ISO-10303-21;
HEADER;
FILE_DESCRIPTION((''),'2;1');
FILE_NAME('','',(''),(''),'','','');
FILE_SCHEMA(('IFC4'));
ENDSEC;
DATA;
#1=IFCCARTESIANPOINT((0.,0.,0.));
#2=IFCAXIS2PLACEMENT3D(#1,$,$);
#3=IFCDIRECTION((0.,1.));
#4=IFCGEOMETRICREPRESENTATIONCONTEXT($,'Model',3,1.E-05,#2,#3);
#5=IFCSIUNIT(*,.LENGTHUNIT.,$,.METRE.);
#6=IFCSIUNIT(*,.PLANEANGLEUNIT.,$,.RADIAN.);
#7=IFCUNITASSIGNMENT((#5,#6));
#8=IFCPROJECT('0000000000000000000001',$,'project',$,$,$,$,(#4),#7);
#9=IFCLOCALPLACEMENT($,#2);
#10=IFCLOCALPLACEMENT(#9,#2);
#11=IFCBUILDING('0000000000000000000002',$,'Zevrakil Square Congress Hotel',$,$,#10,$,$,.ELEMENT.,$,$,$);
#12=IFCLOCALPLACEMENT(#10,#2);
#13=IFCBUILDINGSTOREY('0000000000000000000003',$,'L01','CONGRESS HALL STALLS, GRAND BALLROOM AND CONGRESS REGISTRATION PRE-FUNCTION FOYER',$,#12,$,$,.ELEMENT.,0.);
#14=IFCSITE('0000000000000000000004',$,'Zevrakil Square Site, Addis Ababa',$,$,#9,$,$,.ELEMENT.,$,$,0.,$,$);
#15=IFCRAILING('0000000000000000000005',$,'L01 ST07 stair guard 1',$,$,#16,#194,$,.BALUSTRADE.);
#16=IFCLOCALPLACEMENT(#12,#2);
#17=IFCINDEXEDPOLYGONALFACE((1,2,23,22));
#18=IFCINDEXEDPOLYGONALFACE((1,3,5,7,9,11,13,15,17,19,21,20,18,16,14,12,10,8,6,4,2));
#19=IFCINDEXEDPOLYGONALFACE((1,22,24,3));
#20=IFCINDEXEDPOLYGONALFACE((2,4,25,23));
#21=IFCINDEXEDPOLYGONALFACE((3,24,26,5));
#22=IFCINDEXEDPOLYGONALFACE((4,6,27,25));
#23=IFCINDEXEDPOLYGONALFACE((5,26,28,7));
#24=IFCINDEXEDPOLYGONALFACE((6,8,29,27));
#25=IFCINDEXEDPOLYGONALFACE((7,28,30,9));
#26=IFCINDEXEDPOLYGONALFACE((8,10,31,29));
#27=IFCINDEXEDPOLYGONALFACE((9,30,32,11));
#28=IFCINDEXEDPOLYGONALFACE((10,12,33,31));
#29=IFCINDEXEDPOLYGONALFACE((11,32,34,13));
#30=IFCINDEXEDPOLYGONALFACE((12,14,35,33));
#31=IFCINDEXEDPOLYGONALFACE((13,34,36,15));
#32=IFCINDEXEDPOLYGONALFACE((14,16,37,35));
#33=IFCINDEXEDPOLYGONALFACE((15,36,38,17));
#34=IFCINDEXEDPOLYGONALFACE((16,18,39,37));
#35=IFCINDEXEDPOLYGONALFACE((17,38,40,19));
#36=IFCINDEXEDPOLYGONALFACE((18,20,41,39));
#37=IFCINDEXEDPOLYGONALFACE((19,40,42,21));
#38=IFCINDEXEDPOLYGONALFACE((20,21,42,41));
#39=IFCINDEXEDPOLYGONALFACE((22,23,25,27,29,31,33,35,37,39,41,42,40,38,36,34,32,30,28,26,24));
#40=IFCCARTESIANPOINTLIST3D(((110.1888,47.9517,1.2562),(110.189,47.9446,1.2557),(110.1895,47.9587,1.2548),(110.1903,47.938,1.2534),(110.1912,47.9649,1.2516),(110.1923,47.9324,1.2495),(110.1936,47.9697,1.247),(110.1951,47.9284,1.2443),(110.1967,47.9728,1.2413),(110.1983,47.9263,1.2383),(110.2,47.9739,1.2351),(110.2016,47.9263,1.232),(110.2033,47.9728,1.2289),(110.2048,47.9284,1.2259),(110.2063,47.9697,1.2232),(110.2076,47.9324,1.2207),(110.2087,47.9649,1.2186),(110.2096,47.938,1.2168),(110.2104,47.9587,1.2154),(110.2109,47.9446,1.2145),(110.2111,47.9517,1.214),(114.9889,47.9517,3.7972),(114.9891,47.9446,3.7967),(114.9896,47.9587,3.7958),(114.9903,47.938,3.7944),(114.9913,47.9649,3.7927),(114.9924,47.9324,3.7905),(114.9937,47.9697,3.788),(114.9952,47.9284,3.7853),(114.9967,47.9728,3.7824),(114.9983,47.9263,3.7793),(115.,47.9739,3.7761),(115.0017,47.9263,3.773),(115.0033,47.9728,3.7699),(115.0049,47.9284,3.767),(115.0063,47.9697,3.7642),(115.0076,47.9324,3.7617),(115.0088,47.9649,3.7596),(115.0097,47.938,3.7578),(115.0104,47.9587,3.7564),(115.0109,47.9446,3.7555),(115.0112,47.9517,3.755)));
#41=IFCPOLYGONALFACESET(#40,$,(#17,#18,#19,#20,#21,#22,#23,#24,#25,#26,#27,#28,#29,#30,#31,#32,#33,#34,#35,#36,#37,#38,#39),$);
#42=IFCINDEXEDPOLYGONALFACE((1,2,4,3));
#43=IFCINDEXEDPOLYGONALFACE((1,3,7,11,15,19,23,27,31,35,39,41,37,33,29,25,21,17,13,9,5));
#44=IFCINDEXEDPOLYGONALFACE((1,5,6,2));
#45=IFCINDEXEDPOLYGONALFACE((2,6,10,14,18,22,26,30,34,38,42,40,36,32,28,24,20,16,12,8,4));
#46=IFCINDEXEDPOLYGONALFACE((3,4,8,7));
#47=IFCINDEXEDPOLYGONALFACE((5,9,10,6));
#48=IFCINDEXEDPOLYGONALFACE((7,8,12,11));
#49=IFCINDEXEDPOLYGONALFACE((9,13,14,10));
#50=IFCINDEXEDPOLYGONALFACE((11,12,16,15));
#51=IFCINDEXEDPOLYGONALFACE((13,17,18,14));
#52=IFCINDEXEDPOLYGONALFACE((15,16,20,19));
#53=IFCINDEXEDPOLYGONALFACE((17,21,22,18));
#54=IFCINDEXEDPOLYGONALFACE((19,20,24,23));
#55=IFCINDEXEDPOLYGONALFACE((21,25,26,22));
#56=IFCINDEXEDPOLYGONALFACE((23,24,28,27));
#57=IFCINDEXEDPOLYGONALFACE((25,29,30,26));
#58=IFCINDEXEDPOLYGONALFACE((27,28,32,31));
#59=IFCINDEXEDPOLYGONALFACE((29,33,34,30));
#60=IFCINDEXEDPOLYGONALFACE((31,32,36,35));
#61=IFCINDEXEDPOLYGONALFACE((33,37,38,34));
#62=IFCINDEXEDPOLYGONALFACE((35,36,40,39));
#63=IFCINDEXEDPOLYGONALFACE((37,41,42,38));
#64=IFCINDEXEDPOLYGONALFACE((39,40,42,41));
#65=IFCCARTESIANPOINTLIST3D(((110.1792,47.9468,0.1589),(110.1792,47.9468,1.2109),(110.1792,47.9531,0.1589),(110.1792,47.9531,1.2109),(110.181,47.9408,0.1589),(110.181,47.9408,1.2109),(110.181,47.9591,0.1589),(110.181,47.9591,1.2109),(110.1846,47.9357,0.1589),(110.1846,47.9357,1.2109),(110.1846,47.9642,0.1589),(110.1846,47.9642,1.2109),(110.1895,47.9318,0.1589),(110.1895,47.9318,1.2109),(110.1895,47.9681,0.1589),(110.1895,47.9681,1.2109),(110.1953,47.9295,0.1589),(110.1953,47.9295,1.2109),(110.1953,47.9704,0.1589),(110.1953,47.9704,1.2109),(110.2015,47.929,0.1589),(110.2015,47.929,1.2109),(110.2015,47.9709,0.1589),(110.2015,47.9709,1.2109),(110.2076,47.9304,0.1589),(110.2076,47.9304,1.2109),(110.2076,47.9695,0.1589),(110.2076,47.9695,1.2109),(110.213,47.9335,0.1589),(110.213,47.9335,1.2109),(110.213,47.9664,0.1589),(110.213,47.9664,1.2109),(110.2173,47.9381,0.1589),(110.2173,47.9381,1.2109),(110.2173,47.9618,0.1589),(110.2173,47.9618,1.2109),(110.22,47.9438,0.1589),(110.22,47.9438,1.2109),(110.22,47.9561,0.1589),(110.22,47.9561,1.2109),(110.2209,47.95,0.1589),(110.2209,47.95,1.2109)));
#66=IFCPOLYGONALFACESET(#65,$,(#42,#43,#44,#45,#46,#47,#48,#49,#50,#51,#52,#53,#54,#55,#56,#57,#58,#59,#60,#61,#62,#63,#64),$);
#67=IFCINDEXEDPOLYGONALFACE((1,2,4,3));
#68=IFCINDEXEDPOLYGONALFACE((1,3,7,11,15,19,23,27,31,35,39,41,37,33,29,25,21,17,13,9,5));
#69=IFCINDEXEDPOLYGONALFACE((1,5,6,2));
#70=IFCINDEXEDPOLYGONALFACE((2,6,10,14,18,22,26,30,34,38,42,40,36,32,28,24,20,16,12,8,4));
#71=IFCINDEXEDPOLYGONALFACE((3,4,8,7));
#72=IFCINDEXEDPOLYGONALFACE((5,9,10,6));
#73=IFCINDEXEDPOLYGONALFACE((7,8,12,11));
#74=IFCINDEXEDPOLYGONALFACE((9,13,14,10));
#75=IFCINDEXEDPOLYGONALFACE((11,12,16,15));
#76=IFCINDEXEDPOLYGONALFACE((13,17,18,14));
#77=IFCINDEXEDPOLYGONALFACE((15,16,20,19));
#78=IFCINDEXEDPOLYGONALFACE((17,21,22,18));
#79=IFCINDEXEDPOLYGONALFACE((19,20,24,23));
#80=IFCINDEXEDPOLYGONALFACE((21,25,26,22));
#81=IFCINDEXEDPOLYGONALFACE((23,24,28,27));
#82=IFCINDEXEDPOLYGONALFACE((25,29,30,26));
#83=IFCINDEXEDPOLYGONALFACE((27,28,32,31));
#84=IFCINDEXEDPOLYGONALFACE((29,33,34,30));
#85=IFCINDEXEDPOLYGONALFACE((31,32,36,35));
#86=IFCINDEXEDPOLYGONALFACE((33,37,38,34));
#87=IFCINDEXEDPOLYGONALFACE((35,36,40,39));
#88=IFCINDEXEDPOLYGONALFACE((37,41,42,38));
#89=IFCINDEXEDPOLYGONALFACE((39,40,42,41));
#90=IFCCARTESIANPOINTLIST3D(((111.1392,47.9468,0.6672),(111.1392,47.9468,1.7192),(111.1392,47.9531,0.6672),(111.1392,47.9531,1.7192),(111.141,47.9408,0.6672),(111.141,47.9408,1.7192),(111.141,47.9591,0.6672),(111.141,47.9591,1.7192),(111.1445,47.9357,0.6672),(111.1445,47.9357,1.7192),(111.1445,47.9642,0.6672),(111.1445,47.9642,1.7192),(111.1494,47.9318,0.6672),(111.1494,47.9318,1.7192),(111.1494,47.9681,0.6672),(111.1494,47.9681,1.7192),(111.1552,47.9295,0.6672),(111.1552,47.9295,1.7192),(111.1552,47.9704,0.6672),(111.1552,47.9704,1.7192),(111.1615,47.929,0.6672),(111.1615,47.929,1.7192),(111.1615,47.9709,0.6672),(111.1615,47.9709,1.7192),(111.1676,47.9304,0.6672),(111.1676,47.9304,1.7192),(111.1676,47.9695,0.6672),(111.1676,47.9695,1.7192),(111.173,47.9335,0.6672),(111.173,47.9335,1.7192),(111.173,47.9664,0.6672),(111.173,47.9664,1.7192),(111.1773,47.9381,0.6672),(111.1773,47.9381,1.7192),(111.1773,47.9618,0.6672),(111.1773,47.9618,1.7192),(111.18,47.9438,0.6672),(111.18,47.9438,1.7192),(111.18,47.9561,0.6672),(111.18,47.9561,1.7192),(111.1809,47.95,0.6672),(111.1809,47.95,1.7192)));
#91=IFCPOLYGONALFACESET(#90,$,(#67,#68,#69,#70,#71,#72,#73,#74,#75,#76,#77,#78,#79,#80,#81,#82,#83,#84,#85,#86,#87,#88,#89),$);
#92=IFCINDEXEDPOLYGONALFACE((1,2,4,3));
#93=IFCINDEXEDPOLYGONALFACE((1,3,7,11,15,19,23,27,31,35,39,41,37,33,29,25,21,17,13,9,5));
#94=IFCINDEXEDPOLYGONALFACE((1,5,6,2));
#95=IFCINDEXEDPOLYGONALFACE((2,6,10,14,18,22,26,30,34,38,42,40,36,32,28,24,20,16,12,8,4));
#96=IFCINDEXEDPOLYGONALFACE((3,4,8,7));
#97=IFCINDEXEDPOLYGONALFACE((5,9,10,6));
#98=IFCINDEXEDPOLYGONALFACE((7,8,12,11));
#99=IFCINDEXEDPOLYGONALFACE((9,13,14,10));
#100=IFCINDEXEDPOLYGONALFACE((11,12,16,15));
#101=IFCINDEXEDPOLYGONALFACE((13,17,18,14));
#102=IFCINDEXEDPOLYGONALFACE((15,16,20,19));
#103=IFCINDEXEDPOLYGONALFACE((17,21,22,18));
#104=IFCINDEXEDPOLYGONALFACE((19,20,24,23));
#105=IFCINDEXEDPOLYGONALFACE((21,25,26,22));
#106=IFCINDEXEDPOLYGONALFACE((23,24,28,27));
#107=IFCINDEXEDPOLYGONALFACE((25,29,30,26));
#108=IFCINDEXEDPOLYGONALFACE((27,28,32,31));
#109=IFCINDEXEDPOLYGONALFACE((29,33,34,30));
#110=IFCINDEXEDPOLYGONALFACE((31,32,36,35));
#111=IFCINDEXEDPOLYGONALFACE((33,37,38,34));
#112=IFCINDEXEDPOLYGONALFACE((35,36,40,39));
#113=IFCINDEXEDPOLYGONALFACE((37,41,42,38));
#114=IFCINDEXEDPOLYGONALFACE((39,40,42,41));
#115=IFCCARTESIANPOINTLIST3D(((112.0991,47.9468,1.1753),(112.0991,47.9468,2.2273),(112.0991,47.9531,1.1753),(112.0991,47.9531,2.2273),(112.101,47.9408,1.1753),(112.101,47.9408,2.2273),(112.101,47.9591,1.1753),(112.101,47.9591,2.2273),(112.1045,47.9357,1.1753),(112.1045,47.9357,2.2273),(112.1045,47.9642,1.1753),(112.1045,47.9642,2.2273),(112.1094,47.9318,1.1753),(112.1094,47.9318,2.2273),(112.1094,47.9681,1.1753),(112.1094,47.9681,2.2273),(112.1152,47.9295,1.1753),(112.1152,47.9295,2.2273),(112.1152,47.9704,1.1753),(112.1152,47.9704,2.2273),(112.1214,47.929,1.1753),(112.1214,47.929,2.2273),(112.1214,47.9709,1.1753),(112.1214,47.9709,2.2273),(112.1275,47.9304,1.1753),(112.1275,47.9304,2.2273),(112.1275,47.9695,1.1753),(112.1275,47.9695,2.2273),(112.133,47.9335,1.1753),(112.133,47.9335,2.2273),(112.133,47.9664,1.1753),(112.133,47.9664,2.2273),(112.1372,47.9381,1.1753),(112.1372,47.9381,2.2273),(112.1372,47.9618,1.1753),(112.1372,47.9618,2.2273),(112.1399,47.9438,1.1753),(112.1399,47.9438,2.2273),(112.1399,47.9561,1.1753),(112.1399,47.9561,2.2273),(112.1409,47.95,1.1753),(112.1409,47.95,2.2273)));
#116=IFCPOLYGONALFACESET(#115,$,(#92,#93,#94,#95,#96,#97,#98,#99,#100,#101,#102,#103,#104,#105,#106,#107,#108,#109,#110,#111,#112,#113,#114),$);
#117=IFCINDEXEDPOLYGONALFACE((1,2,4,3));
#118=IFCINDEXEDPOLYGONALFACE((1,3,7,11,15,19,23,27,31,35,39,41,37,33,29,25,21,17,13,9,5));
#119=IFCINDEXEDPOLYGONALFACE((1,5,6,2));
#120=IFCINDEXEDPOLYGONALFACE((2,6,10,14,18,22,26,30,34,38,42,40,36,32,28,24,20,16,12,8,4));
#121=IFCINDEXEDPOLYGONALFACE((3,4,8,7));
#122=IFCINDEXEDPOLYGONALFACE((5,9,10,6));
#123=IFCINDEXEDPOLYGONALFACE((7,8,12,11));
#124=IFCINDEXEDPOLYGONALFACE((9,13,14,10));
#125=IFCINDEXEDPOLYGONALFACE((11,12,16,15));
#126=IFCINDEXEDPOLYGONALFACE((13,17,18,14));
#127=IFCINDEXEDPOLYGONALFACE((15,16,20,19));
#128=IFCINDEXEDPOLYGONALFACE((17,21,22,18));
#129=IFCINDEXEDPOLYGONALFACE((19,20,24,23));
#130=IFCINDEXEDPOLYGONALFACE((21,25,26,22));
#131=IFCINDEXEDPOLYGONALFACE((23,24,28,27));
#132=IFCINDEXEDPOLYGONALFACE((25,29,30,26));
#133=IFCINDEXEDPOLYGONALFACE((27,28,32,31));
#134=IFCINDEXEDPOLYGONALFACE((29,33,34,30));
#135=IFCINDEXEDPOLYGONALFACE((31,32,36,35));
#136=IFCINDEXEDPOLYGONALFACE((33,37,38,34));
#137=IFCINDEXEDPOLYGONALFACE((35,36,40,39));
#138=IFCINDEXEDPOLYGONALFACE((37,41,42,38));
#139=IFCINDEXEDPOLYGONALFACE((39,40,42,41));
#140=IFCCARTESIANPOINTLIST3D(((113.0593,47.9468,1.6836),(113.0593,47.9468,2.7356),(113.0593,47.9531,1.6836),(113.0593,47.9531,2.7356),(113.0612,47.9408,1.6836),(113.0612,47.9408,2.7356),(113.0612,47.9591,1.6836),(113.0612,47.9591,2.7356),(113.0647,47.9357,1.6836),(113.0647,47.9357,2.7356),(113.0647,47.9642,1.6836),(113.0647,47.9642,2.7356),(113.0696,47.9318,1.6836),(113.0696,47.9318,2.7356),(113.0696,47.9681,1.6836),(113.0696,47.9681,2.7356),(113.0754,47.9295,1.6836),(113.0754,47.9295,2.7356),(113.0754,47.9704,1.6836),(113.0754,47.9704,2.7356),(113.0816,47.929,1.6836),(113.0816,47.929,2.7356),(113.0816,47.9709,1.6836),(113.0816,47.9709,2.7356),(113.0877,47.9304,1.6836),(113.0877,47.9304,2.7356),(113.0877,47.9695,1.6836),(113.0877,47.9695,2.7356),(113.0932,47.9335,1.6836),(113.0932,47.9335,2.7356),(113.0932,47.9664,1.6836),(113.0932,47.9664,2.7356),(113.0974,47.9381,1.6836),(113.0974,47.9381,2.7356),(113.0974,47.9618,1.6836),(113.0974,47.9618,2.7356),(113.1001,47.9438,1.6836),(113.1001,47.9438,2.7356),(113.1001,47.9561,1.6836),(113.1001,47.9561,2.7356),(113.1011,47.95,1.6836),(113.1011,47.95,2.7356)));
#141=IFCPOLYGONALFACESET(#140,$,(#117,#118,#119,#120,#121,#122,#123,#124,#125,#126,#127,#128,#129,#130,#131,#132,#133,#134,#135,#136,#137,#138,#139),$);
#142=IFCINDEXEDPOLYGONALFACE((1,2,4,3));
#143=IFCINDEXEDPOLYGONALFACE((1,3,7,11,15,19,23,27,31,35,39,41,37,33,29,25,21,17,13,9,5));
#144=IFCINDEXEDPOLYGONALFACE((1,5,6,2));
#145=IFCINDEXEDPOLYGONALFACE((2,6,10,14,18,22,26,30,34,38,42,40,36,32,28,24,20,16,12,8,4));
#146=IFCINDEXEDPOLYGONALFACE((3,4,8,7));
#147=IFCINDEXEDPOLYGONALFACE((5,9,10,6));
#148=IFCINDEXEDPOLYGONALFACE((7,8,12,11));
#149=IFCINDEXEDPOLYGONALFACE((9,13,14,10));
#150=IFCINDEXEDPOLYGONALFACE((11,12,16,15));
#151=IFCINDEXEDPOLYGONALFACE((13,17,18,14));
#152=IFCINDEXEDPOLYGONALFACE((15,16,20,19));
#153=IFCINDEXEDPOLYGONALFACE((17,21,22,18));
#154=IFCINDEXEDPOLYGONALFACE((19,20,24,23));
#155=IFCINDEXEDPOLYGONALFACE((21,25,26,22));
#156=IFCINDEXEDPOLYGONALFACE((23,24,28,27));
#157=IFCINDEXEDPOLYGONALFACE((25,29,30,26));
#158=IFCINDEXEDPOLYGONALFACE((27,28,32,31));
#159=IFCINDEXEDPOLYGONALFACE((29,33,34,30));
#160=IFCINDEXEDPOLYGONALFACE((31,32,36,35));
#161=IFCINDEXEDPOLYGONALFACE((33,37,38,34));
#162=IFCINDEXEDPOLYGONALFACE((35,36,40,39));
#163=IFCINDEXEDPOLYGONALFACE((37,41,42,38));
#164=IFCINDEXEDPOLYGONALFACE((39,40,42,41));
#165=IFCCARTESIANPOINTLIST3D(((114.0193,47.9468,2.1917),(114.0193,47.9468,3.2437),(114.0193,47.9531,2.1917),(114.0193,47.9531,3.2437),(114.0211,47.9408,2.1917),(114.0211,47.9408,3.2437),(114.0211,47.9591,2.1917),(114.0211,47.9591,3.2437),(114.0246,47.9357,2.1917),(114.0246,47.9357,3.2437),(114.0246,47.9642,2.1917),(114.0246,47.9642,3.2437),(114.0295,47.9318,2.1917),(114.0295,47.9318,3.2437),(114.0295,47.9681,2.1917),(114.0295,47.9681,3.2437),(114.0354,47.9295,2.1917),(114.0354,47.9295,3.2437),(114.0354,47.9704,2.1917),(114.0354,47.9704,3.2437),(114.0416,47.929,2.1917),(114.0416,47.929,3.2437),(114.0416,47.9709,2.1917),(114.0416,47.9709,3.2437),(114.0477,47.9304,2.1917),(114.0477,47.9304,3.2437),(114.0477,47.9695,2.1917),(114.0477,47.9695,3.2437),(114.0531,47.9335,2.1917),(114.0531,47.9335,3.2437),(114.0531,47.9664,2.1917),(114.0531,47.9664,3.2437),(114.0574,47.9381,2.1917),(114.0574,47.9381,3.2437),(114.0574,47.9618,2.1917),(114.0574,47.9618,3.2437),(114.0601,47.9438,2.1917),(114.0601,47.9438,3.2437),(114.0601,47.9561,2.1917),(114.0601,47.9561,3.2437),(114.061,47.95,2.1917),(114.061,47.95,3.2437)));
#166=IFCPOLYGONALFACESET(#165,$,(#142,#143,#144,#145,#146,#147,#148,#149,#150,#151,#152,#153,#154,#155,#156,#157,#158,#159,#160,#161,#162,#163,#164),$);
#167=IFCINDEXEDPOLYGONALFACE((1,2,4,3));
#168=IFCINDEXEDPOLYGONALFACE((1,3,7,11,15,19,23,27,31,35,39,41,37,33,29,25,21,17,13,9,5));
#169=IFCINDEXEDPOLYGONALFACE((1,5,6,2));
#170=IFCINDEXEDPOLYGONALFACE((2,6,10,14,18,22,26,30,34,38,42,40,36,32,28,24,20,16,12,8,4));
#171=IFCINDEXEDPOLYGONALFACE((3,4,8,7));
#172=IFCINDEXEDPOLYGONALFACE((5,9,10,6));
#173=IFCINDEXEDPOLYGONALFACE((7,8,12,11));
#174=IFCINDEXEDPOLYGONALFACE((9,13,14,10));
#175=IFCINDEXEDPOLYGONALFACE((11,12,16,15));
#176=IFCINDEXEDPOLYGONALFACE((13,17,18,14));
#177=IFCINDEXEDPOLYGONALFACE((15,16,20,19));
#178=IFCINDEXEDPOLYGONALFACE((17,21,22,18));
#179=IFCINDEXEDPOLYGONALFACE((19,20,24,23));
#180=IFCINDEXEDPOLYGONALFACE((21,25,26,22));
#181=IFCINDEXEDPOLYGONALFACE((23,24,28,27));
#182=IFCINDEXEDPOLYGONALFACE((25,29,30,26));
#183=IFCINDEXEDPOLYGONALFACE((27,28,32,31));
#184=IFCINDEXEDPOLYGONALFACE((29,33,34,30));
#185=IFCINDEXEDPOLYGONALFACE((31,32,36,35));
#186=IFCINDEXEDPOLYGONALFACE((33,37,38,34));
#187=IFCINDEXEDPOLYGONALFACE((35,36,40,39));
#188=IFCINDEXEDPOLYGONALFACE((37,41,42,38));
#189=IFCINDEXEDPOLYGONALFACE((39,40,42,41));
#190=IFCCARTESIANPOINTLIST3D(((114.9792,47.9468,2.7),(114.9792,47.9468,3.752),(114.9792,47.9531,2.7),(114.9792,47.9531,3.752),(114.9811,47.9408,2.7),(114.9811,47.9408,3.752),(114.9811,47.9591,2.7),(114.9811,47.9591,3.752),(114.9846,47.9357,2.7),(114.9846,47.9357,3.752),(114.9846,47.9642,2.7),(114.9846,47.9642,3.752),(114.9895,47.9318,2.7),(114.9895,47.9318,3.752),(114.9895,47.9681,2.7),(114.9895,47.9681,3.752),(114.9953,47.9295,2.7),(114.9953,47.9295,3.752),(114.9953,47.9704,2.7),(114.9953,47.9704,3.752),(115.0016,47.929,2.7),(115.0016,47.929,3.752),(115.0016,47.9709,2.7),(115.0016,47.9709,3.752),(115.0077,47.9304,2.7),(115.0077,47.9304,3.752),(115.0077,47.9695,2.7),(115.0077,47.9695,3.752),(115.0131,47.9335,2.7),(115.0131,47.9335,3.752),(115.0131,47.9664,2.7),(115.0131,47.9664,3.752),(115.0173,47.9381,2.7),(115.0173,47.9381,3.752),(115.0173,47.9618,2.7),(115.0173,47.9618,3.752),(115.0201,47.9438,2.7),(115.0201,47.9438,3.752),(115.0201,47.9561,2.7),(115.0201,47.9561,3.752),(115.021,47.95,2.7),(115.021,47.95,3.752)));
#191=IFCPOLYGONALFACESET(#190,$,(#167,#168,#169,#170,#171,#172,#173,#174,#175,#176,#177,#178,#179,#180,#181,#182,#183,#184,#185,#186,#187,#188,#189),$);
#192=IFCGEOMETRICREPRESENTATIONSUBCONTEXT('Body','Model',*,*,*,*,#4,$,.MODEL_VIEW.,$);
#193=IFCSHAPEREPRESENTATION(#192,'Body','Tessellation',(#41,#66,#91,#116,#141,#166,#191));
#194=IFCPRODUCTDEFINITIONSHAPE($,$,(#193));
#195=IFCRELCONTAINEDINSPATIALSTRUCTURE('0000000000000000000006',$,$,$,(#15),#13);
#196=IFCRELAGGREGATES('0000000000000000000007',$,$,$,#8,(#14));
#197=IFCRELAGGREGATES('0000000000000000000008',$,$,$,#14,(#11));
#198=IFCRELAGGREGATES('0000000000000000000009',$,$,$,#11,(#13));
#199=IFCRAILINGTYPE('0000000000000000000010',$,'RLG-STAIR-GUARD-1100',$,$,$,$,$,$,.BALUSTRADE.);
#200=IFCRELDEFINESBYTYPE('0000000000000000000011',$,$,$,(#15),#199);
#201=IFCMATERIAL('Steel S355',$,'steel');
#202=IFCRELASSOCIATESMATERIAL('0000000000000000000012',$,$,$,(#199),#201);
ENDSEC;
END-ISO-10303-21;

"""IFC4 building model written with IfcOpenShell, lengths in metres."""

from ifc_helpers import new_model, si_unit, direction, frame, origin, origin_2d, place, context, subcontext, project, spatial, circle, extrude, material, type_object, element, save


model = new_model("IFC4")

# Units and contexts
model_context = context("Model", 3, precision=1e-05, world=origin(), true_north=direction((0.0, 1.0)))
body_context = subcontext(model_context, "Body", "Model", "MODEL_VIEW")
ifc_project = project(units=[si_unit("LENGTHUNIT", "METRE"), si_unit("PLANEANGLEUNIT", "RADIAN")], contexts=[model_context])

# Site, building, storey
site_placement = place(None, origin())
site = spatial("IfcSite", under=ifc_project, at=site_placement, Name="Zevrakil Square Site, Addis Ababa", CompositionType="ELEMENT", RefElevation=0.0)
building_placement = place(site_placement, origin())
building = spatial("IfcBuilding", under=site, at=building_placement, Name="Zevrakil Square Congress Hotel", CompositionType="ELEMENT")
storey_placement = place(building_placement, origin())
storey = spatial("IfcBuildingStorey", under=building, at=storey_placement, Name="L01", Description="CONGRESS HALL STALLS, GRAND BALLROOM AND CONGRESS REGISTRATION PRE-FUNCTION FOYER", CompositionType="ELEMENT", Elevation=0.0)

# Railing
ifc_material_1 = material(Name="Steel S355", Category="steel")
railing_type_1 = type_object("IfcRailingType", Name="RLG-STAIR-GUARD-1100", PredefinedType="BALUSTRADE", material=ifc_material_1)
railing_1_placement = place(storey_placement, frame((110.2, 47.95, 0.1589)))
element("IfcRailing", 1, at=railing_1_placement, inside=storey, type_object=railing_type_1, Name="L01 ST07 stair guard 1", PredefinedType="BALUSTRADE", context=body_context, shape_type="SweptSolid", body=[
    extrude(circle(Radius=0.0239, at=origin_2d()), frame((0.0, 0.0, 1.0762), z_axis=(0.883802, 0.0, 0.467861), x_axis=(0.0, 1.0, 0.0)), (0.0, 0.0, 1.0), 5.4312),
    extrude(circle(Radius=0.021, at=origin_2d()), origin(), (0.0, 0.0, 1.0), 1.052),
    extrude(circle(Radius=0.021, at=origin_2d()), frame((0.96, 0.0, 0.5083)), (0.0, 0.0, 1.0), 1.052),
    extrude(circle(Radius=0.021, at=origin_2d()), frame((1.9199, 0.0, 1.0164)), (0.0, 0.0, 1.0), 1.052),
    extrude(circle(Radius=0.021, at=origin_2d()), frame((2.8801, 0.0, 1.5247)), (0.0, 0.0, 1.0), 1.052),
    extrude(circle(Radius=0.021, at=origin_2d()), frame((3.8401, 0.0, 2.0327)), (0.0, 0.0, 1.0), 1.052),
    extrude(circle(Radius=0.021, at=origin_2d()), frame((4.8, 0.0, 2.541)), (0.0, 0.0, 1.0), 1.052),
])

save(model, "model.ifc")
